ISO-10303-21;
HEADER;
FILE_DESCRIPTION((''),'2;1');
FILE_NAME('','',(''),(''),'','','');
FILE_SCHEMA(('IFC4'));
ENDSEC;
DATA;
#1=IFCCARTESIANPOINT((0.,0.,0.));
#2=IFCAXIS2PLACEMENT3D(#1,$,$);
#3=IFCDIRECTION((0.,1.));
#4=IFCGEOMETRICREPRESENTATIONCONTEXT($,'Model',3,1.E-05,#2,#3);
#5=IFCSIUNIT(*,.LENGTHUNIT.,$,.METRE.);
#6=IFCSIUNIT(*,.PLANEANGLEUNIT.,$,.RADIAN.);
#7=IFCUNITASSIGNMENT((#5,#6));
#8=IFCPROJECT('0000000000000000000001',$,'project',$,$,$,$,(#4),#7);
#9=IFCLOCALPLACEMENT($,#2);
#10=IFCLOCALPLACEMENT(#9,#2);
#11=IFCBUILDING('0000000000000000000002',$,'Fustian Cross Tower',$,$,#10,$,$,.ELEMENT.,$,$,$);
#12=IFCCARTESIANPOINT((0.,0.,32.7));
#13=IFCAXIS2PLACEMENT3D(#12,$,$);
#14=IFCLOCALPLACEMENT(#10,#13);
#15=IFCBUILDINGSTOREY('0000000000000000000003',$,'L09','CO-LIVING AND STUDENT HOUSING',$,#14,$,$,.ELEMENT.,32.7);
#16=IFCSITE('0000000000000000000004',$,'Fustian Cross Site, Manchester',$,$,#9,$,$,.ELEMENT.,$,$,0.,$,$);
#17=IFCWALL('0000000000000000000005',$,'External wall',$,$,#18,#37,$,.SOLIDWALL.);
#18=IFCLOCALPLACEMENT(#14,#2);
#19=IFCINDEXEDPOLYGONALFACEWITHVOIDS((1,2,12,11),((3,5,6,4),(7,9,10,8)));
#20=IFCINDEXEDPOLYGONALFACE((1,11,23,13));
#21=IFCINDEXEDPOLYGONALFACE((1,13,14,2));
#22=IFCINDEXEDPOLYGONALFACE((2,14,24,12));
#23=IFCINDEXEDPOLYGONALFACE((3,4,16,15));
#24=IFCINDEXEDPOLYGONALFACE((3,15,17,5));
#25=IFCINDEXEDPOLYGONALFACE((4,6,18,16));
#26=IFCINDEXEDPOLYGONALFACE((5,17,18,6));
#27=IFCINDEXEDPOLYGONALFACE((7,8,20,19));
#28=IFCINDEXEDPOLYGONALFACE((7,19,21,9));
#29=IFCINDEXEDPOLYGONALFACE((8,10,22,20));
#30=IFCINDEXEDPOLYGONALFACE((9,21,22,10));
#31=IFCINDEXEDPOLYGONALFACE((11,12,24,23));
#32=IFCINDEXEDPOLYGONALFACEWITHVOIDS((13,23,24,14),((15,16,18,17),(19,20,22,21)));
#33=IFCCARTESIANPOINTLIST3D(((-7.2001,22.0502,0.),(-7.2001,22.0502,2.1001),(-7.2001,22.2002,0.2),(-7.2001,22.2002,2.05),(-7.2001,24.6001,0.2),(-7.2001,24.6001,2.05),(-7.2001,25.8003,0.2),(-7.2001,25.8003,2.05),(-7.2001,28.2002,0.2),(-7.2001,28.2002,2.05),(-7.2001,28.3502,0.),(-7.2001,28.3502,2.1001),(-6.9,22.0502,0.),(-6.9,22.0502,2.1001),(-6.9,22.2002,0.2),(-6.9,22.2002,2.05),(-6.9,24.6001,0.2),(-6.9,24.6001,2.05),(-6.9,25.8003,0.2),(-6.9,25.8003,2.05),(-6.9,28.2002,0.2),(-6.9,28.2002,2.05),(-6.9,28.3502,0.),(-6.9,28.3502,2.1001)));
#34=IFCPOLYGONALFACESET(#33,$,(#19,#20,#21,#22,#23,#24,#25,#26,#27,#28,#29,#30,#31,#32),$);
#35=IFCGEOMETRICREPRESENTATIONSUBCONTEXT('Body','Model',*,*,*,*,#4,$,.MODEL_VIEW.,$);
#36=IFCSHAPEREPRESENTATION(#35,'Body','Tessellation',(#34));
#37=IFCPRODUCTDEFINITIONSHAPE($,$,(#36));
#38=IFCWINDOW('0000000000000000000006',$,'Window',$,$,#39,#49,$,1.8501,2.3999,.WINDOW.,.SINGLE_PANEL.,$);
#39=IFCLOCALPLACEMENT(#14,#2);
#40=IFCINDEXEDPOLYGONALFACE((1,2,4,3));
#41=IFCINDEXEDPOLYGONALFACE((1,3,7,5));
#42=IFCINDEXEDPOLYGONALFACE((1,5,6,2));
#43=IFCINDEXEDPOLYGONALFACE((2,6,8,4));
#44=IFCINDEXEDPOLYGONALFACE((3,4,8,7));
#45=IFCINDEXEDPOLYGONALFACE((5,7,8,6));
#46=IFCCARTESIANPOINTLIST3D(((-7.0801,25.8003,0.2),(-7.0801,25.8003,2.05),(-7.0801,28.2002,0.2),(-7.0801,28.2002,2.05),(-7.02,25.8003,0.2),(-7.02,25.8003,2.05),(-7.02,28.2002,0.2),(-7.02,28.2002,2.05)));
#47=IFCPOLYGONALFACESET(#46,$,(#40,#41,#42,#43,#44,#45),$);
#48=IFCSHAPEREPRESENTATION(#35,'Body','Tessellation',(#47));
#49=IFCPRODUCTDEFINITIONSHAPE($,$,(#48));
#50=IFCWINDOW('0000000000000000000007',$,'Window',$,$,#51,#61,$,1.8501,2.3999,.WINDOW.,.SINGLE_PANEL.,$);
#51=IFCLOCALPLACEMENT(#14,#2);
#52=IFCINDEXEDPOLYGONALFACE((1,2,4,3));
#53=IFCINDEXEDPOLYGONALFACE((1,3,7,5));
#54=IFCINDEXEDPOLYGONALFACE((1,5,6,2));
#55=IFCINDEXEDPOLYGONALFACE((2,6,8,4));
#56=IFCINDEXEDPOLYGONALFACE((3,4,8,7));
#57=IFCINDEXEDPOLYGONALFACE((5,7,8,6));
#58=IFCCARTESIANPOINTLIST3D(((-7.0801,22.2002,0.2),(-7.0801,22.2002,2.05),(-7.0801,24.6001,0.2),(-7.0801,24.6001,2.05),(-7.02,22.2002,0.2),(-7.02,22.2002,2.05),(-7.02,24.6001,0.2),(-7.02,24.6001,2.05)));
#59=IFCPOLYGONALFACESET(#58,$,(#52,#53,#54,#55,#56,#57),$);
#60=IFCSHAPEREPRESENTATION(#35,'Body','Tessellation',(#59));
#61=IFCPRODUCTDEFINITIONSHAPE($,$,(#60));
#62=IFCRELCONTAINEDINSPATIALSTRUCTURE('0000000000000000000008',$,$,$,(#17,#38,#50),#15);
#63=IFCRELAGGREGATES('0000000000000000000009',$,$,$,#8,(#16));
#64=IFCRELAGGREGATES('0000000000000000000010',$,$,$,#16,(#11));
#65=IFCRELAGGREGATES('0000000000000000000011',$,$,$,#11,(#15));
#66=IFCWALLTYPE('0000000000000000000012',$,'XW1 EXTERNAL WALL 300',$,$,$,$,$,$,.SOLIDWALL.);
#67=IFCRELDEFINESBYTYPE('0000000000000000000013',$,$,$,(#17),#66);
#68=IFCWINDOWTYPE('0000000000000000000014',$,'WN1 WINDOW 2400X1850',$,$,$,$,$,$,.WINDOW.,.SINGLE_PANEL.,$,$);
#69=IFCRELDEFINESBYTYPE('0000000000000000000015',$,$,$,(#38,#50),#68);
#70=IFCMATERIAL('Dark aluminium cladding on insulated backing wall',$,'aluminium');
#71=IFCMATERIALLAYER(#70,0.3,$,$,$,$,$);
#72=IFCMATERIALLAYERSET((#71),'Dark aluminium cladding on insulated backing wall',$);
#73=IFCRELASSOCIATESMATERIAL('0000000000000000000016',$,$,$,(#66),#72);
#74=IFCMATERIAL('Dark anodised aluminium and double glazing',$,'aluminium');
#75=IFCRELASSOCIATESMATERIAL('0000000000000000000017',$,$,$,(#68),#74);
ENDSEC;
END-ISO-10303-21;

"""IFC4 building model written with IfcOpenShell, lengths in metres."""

from ifc_helpers import new_model, si_unit, direction, frame, frame_2d, origin, place, context, subcontext, project, spatial, rectangle, extrude, material, layer, layer_set, type_object, element, fill, save


model = new_model("IFC4")

# Units and contexts
model_context = context("Model", 3, precision=1e-05, world=origin(), true_north=direction((0.0, 1.0)))
body_context = subcontext(model_context, "Body", "Model", "MODEL_VIEW")
ifc_project = project(units=[si_unit("LENGTHUNIT", "METRE"), si_unit("PLANEANGLEUNIT", "RADIAN")], contexts=[model_context])

# Site, building, storey
site_placement = place(None, origin())
site = spatial("IfcSite", under=ifc_project, at=site_placement, Name="Fustian Cross Site, Manchester", CompositionType="ELEMENT", RefElevation=0.0)
building_placement = place(site_placement, origin())
building = spatial("IfcBuilding", under=site, at=building_placement, Name="Fustian Cross Tower", CompositionType="ELEMENT")
storey_placement = place(building_placement, frame((0.0, 0.0, 32.7)))
storey = spatial("IfcBuildingStorey", under=building, at=storey_placement, Name="L09", Description="CO-LIVING AND STUDENT HOUSING", CompositionType="ELEMENT", Elevation=32.7)

# Shared definitions
ifc_material_1 = material(Name="Dark aluminium cladding on insulated backing wall", Category="aluminium")
ifc_layer_1 = layer(ifc_material_1, 0.3)
ifc_layer_set_1 = layer_set([ifc_layer_1], Name="Dark aluminium cladding on insulated backing wall")
wall_type_1 = type_object("IfcWallType", Name="XW1 EXTERNAL WALL 300", PredefinedType="SOLIDWALL", material=ifc_layer_set_1)
ifc_material_2 = material(Name="Dark anodised aluminium and double glazing", Category="aluminium")
window_type = type_object("IfcWindowType", Name="WN1 WINDOW 2400X1850", PartitioningType="SINGLE_PANEL", PredefinedType="WINDOW", material=ifc_material_2)

# Wall, openings, windows
wall_1_placement = place(storey_placement, frame((-7.05, 28.3501, 0.0), z_axis=(0.0, 0.0, 1.0), x_axis=(0.0, -1.0, 0.0)))
wall_1 = element("IfcWall", 1, at=wall_1_placement, inside=storey, type_object=wall_type_1, Name="External wall", PredefinedType="SOLIDWALL", context=body_context, shape_type="SweptSolid", body=[
    extrude(rectangle(XDim=6.3, YDim=0.3, at=frame_2d((3.1499, 0.0))), origin(), (0.0, 0.0, 1.0), 2.1001),
])
opening_1_placement = place(wall_1_placement, frame((0.1499, 0.0, 0.2)))
opening_1 = element("IfcOpeningElement", 2, at=opening_1_placement, cuts=wall_1, PredefinedType="OPENING", context=body_context, shape_type="SweptSolid", body=[
    extrude(rectangle(XDim=2.3999, YDim=1.8501, at=frame_2d((1.2, 0.925))), frame((0.0, 0.1599, 0.0), z_axis=(0.0, -1.0, 0.0), x_axis=(1.0, 0.0, 0.0)), (0.0, 0.0, 1.0), 0.3201),
])
opening_2_placement = place(wall_1_placement, frame((3.75, 0.0, 0.2)))
opening_2 = element("IfcOpeningElement", 3, at=opening_2_placement, cuts=wall_1, PredefinedType="OPENING", context=body_context, shape_type="SweptSolid", body=[
    extrude(rectangle(XDim=2.3999, YDim=1.8501, at=frame_2d((1.2, 0.925))), frame((0.0, 0.1599, 0.0), z_axis=(0.0, -1.0, 0.0), x_axis=(1.0, 0.0, 0.0)), (0.0, 0.0, 1.0), 0.3201),
])
window_1_placement = place(opening_1_placement, origin())
window_1 = element("IfcWindow", 4, at=window_1_placement, inside=storey, type_object=window_type, Name="Window", OverallHeight=1.8501, OverallWidth=2.3999, PartitioningType="SINGLE_PANEL", PredefinedType="WINDOW", context=body_context, shape_type="SweptSolid", body=[
    extrude(rectangle(XDim=2.3999, YDim=1.8501, at=frame_2d((1.2, 0.925))), frame((0.0, 0.03, 0.0), z_axis=(0.0, -1.0, 0.0), x_axis=(1.0, 0.0, 0.0)), (0.0, 0.0, 1.0), 0.0601),
])
fill(opening_1, window_1)
window_2_placement = place(opening_2_placement, origin())
window_2 = element("IfcWindow", 5, at=window_2_placement, inside=storey, type_object=window_type, Name="Window", OverallHeight=1.8501, OverallWidth=2.3999, PartitioningType="SINGLE_PANEL", PredefinedType="WINDOW", context=body_context, shape_type="SweptSolid", body=[
    extrude(rectangle(XDim=2.3999, YDim=1.8501, at=frame_2d((1.2, 0.925))), frame((0.0, 0.03, 0.0), z_axis=(0.0, -1.0, 0.0), x_axis=(1.0, 0.0, 0.0)), (0.0, 0.0, 1.0), 0.0601),
])
fill(opening_2, window_2)

save(model, "model.ifc")
